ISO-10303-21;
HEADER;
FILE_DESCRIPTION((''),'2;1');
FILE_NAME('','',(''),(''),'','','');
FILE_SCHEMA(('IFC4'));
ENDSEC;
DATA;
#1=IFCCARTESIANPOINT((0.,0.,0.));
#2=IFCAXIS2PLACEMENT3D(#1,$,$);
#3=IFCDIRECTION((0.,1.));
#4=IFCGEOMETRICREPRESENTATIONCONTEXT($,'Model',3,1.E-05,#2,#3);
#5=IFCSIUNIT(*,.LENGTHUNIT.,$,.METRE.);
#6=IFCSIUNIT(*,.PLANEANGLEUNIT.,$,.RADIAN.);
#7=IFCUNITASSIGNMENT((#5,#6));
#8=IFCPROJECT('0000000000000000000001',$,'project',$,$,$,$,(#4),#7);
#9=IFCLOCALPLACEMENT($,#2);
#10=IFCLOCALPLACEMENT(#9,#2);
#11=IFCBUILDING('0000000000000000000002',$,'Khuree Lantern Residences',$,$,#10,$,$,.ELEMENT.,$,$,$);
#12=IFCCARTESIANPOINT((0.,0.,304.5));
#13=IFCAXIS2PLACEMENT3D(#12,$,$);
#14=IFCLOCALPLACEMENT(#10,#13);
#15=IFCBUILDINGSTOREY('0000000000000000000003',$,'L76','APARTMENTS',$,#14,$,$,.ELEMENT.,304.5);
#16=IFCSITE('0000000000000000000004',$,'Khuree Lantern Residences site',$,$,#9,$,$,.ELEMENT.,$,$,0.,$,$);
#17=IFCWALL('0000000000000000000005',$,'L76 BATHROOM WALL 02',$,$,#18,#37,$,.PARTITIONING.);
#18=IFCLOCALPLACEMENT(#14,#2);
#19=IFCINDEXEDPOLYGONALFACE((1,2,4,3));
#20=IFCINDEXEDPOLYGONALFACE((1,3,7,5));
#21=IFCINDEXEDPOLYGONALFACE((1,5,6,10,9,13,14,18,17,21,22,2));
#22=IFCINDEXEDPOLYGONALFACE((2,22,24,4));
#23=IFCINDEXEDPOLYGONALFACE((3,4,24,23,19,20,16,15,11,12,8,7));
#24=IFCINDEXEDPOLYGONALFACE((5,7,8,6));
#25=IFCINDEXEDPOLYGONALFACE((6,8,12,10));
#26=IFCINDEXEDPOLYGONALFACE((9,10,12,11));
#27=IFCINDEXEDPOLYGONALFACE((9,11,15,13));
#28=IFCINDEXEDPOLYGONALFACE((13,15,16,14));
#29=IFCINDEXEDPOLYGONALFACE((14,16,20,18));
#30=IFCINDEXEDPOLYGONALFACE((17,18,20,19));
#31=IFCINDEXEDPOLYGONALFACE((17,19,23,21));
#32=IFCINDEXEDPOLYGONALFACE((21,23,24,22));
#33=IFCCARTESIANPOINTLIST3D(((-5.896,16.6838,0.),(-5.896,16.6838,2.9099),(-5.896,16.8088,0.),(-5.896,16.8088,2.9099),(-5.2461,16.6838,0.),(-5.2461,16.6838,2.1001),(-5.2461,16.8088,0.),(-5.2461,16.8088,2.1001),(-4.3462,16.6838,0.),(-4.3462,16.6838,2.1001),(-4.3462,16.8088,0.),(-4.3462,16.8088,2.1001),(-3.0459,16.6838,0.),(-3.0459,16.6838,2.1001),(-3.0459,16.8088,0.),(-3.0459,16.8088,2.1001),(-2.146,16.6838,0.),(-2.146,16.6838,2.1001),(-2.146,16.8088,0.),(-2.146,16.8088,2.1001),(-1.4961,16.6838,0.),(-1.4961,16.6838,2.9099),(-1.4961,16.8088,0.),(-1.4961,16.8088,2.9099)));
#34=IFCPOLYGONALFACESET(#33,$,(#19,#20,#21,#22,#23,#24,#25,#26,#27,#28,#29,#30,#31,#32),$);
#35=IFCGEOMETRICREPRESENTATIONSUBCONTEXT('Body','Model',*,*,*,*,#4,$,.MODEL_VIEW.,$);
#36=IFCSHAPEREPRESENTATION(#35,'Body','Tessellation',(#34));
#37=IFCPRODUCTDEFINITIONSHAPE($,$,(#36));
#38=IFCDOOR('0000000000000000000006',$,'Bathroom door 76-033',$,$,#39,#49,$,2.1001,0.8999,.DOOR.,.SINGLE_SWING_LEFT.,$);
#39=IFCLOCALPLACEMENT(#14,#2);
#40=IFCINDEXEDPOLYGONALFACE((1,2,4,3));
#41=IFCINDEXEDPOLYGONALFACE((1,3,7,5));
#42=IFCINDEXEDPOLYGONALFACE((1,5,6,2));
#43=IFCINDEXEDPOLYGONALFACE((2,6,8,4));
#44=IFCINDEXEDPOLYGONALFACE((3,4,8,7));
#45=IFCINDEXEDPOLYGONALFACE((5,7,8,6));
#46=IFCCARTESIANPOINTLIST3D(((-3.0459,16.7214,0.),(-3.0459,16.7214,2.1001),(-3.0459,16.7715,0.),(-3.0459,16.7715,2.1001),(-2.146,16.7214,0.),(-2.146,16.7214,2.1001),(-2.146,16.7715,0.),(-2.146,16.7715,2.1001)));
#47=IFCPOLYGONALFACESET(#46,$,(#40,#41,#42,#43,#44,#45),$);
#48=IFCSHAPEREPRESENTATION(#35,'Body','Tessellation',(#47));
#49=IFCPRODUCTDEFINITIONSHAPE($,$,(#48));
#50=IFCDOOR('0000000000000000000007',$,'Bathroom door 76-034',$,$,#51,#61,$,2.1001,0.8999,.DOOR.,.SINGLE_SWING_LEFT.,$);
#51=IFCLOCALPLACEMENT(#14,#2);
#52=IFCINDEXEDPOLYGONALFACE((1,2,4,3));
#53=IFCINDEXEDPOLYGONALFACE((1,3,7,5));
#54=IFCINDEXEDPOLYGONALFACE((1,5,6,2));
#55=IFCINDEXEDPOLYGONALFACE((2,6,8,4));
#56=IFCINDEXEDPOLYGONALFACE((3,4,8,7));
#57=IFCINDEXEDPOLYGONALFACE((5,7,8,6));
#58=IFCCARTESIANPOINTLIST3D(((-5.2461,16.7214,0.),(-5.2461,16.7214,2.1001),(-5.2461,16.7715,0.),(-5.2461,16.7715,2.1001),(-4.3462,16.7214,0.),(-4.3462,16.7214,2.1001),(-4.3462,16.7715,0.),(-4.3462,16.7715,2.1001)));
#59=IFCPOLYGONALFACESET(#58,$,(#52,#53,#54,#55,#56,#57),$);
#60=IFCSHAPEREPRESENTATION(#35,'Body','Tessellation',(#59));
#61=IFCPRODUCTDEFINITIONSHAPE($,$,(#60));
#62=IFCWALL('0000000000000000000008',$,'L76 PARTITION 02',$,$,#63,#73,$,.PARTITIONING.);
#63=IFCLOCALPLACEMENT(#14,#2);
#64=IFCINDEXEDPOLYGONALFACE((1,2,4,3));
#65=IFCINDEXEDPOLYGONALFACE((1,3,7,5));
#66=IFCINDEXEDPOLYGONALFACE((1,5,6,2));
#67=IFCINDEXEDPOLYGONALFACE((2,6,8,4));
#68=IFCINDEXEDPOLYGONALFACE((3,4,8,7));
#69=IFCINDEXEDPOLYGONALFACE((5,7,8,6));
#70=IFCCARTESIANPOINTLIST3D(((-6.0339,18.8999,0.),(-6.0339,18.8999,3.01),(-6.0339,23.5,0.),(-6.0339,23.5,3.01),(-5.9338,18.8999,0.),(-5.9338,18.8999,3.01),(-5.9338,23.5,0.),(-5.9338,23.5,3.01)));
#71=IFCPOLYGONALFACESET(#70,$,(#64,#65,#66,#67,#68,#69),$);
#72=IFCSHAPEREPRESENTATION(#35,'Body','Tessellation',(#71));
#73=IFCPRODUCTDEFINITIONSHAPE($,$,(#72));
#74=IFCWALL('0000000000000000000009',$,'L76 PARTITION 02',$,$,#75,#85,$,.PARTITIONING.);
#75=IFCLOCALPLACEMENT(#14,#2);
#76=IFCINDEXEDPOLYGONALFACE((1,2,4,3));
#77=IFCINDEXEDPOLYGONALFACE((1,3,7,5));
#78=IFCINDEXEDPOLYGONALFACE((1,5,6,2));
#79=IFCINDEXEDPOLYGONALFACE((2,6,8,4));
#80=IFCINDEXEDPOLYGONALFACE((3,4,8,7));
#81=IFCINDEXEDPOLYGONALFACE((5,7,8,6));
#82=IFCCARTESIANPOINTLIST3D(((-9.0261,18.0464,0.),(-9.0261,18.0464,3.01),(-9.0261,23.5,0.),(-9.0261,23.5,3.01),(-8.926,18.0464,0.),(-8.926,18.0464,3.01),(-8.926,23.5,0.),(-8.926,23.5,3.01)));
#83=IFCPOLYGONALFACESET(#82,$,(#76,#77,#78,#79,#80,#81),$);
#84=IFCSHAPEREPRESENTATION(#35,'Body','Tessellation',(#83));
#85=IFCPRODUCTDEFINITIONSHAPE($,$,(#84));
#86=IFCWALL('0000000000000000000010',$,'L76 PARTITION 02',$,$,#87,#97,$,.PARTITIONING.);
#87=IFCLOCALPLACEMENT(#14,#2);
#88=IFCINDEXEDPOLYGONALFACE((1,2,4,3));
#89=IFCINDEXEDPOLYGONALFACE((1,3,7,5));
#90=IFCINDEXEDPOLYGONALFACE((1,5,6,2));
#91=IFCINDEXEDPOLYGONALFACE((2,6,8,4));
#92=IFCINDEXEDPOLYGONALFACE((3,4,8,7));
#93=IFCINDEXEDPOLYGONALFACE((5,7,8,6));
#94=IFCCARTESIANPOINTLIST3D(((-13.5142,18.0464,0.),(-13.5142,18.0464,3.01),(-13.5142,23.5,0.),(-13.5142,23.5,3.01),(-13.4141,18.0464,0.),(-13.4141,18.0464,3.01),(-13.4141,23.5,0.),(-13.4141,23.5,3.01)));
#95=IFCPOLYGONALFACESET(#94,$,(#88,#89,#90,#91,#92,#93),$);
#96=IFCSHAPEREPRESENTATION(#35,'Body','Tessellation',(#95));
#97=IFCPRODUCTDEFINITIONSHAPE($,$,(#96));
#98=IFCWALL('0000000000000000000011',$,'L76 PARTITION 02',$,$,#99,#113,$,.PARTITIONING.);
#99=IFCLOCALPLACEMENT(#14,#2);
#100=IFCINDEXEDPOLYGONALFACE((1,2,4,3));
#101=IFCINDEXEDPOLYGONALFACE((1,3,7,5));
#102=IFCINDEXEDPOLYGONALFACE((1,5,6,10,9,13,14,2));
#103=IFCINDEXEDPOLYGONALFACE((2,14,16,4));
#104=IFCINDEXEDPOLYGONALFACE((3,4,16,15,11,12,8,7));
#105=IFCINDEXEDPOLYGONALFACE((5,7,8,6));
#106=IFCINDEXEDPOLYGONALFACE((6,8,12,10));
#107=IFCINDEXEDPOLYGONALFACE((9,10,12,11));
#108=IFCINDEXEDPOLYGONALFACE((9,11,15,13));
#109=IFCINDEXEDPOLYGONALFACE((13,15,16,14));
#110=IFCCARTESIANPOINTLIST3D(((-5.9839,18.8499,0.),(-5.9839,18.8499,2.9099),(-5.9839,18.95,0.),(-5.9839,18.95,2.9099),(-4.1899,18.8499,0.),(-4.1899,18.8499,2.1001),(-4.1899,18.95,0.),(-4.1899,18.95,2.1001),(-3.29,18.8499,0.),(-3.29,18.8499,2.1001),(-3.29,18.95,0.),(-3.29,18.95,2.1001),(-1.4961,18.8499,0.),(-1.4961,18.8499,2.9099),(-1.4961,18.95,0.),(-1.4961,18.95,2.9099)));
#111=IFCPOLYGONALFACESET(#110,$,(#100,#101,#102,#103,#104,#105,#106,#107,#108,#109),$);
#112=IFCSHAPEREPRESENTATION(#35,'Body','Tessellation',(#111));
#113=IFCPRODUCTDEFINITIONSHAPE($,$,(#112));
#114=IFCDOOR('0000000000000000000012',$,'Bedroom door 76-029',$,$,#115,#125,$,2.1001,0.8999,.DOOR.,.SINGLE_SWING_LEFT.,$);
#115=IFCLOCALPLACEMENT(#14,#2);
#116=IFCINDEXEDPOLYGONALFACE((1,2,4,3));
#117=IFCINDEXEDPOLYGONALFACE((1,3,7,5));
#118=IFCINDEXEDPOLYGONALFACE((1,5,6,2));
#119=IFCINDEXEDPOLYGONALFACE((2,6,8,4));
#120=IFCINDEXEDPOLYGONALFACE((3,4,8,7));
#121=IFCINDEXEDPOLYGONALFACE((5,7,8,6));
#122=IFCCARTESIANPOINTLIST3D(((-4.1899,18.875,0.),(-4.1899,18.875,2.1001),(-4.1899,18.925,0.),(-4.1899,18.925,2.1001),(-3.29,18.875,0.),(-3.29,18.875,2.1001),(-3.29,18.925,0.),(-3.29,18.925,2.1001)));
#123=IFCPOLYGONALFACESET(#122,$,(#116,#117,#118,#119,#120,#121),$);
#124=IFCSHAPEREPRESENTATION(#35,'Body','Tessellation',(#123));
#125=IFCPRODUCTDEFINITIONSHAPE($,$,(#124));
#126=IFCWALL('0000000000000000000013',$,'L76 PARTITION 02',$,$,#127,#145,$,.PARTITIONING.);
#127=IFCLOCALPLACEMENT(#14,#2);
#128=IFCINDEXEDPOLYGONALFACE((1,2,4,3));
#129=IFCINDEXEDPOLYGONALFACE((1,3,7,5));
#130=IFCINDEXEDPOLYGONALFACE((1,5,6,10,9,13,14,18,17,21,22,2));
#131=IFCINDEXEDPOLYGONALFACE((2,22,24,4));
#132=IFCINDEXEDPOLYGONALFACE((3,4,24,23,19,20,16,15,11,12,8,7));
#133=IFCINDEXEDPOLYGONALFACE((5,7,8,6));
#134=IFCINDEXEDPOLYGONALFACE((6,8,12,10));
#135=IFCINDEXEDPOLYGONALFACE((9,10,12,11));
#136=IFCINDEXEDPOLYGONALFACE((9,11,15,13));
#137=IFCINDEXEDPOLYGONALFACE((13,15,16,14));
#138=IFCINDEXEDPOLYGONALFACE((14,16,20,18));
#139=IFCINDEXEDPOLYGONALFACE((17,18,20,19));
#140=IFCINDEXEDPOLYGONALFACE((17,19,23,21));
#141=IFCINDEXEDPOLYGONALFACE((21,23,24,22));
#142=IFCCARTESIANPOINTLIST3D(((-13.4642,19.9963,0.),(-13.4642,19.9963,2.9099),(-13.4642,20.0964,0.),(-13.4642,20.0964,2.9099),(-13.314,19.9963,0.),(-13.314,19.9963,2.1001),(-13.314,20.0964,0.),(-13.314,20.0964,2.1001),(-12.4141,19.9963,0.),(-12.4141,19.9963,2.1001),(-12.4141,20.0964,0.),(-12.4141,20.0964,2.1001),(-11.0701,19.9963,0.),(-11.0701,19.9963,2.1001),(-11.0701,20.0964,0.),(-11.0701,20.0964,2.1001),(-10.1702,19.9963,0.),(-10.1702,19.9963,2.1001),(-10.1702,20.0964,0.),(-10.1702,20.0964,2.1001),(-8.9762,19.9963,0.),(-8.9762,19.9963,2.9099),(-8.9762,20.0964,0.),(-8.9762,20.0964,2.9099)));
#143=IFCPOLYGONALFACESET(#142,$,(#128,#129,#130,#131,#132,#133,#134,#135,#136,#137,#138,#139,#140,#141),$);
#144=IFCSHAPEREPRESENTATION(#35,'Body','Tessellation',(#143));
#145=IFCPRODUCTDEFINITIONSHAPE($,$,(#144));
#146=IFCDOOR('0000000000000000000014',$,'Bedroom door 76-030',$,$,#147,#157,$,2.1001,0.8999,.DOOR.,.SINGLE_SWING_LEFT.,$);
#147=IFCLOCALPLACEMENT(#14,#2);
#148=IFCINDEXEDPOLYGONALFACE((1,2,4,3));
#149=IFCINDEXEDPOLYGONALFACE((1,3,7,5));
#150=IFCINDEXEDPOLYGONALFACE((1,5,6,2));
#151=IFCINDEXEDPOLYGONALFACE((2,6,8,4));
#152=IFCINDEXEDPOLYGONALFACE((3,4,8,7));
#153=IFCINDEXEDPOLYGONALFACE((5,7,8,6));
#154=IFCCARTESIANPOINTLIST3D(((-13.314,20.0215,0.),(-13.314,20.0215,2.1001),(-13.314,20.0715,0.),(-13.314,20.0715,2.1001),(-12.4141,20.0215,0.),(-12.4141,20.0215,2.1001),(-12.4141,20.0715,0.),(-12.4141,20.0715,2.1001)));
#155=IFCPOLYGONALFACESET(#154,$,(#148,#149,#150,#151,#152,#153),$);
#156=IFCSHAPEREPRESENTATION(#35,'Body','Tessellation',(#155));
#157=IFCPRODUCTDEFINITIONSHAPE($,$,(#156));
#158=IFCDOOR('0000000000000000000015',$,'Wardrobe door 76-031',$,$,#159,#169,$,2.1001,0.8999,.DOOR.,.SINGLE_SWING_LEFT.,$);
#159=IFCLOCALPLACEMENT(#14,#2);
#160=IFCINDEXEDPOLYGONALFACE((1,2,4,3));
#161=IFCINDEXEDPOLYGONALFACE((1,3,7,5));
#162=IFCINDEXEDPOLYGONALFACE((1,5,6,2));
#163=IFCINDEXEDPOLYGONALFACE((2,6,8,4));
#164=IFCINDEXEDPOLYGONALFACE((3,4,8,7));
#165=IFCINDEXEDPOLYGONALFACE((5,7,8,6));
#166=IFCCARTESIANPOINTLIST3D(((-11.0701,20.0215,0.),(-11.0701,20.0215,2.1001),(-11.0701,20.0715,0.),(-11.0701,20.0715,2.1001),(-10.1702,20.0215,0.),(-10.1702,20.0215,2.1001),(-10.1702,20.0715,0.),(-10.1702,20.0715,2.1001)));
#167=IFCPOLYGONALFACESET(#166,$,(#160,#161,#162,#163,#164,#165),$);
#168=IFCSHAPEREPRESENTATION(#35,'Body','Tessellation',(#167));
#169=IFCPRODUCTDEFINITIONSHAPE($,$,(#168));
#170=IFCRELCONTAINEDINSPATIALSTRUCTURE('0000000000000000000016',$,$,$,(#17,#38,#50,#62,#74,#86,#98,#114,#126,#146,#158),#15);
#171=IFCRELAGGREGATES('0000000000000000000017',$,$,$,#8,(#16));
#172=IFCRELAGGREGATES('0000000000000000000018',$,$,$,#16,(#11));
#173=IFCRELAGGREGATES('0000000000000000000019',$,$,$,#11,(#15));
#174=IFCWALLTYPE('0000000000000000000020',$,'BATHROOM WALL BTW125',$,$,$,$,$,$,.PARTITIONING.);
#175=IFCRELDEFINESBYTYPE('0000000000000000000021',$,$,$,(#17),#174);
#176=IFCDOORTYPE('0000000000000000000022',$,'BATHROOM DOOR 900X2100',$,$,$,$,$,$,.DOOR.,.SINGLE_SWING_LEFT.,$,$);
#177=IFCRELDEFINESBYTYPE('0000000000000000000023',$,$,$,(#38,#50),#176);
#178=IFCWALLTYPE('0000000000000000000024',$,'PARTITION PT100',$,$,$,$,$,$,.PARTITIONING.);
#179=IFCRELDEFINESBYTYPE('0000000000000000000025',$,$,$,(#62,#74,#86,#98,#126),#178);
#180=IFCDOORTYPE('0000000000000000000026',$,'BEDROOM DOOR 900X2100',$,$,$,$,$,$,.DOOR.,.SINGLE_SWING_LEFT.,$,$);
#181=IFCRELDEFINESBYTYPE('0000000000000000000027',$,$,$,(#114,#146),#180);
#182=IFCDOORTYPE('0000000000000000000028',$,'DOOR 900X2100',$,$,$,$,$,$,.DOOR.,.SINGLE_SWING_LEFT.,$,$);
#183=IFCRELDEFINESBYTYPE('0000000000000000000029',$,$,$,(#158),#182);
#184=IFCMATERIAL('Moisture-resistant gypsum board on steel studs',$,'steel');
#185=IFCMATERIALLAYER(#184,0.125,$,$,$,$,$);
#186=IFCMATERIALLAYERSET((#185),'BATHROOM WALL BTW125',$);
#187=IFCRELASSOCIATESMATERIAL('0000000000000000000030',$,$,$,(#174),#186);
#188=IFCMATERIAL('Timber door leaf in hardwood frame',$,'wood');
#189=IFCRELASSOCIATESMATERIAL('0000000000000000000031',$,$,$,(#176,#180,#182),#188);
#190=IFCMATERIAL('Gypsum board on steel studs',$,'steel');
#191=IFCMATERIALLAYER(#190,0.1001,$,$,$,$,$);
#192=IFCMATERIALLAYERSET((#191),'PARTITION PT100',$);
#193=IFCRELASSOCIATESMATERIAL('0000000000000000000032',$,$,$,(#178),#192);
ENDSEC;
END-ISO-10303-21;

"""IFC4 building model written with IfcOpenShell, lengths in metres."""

from ifc_helpers import new_model, si_unit, direction, frame, frame_2d, origin, place, context, subcontext, project, spatial, rectangle, extrude, material, layer, layer_set, type_object, element, fill, save


model = new_model("IFC4")

# Units and contexts
model_context = context("Model", 3, precision=1e-05, world=origin(), true_north=direction((0.0, 1.0)))
body_context = subcontext(model_context, "Body", "Model", "MODEL_VIEW")
ifc_project = project(units=[si_unit("LENGTHUNIT", "METRE"), si_unit("PLANEANGLEUNIT", "RADIAN")], contexts=[model_context])

# Site, building, storey
site_placement = place(None, origin())
site = spatial("IfcSite", under=ifc_project, at=site_placement, Name="Khuree Lantern Residences site", CompositionType="ELEMENT", RefElevation=0.0)
building_placement = place(site_placement, origin())
building = spatial("IfcBuilding", under=site, at=building_placement, Name="Khuree Lantern Residences", CompositionType="ELEMENT")
storey_placement = place(building_placement, frame((0.0, 0.0, 304.5)))
storey = spatial("IfcBuildingStorey", under=building, at=storey_placement, Name="L76", Description="APARTMENTS", CompositionType="ELEMENT", Elevation=304.5)

# Wall, openings, doors
ifc_material_1 = material(Name="Moisture-resistant gypsum board on steel studs", Category="steel")
ifc_layer_1 = layer(ifc_material_1, 0.125)
ifc_layer_set_1 = layer_set([ifc_layer_1], Name="BATHROOM WALL BTW125")
wall_type_1 = type_object("IfcWallType", Name="BATHROOM WALL BTW125", PredefinedType="PARTITIONING", material=ifc_layer_set_1)
wall_1_placement = place(storey_placement, frame((-1.4961, 16.7463, 0.0), z_axis=(0.0, 0.0, 1.0), x_axis=(-1.0, 0.0, 0.0)))
wall_1 = element("IfcWall", 1, at=wall_1_placement, inside=storey, type_object=wall_type_1, Name="L76 BATHROOM WALL 02", PredefinedType="PARTITIONING", context=body_context, shape_type="SweptSolid", body=[
    extrude(rectangle(XDim=4.3999, YDim=0.125, at=frame_2d((2.2, 0.0))), origin(), (0.0, 0.0, 1.0), 2.9099),
])
opening_1_placement = place(wall_1_placement, frame((0.6499, 0.0, 0.0)))
opening_1 = element("IfcOpeningElement", 2, at=opening_1_placement, cuts=wall_1, PredefinedType="OPENING", context=body_context, shape_type="SweptSolid", body=[
    extrude(rectangle(XDim=0.8999, YDim=2.1001, at=frame_2d((0.45, 1.05))), frame((0.0, 0.0725, 0.0), z_axis=(0.0, -1.0, 0.0), x_axis=(1.0, 0.0, 0.0)), (0.0, 0.0, 1.0), 0.145),
])
opening_2_placement = place(wall_1_placement, frame((2.8501, 0.0, 0.0)))
opening_2 = element("IfcOpeningElement", 3, at=opening_2_placement, cuts=wall_1, PredefinedType="OPENING", context=body_context, shape_type="SweptSolid", body=[
    extrude(rectangle(XDim=0.8999, YDim=2.1001, at=frame_2d((0.45, 1.05))), frame((0.0, 0.0725, 0.0), z_axis=(0.0, -1.0, 0.0), x_axis=(1.0, 0.0, 0.0)), (0.0, 0.0, 1.0), 0.145),
])
ifc_material_2 = material(Name="Timber door leaf in hardwood frame", Category="wood")
door_type_1 = type_object("IfcDoorType", Name="BATHROOM DOOR 900X2100", OperationType="SINGLE_SWING_LEFT", PredefinedType="DOOR", material=ifc_material_2)
door_1_placement = place(opening_1_placement, origin())
door_1 = element("IfcDoor", 4, at=door_1_placement, inside=storey, type_object=door_type_1, Name="Bathroom door 76-033", OperationType="SINGLE_SWING_LEFT", OverallHeight=2.1001, OverallWidth=0.8999, PredefinedType="DOOR", context=body_context, shape_type="SweptSolid", body=[
    extrude(rectangle(XDim=0.8999, YDim=2.1001, at=frame_2d((0.45, 1.05))), frame((0.0, 0.0249, 0.0), z_axis=(0.0, -1.0, 0.0), x_axis=(1.0, 0.0, 0.0)), (0.0, 0.0, 1.0), 0.05),
])
fill(opening_1, door_1)
door_2_placement = place(opening_2_placement, origin())
door_2 = element("IfcDoor", 5, at=door_2_placement, inside=storey, type_object=door_type_1, Name="Bathroom door 76-034", OperationType="SINGLE_SWING_LEFT", OverallHeight=2.1001, OverallWidth=0.8999, PredefinedType="DOOR", context=body_context, shape_type="SweptSolid", body=[
    extrude(rectangle(XDim=0.8999, YDim=2.1001, at=frame_2d((0.45, 1.05))), frame((0.0, 0.0249, 0.0), z_axis=(0.0, -1.0, 0.0), x_axis=(1.0, 0.0, 0.0)), (0.0, 0.0, 1.0), 0.05),
])
fill(opening_2, door_2)

# Walls
ifc_material_3 = material(Name="Gypsum board on steel studs", Category="steel")
ifc_layer_2 = layer(ifc_material_3, 0.1001)
ifc_layer_set_2 = layer_set([ifc_layer_2], Name="PARTITION PT100")
wall_type_2 = type_object("IfcWallType", Name="PARTITION PT100", PredefinedType="PARTITIONING", material=ifc_layer_set_2)
wall_2_placement = place(storey_placement, frame((-5.9839, 18.8999, 0.0), z_axis=(0.0, 0.0, 1.0), x_axis=(0.0, 1.0, 0.0)))
element("IfcWall", 6, at=wall_2_placement, inside=storey, type_object=wall_type_2, Name="L76 PARTITION 02", PredefinedType="PARTITIONING", context=body_context, shape_type="SweptSolid", body=[
    extrude(rectangle(XDim=4.6001, YDim=0.1001, at=frame_2d((2.3, 0.0))), origin(), (0.0, 0.0, 1.0), 3.01),
])
for number, where, z_axis, x_axis, name in (
    (7, (-8.9761, 18.0464, 0.0), (0.0, 0.0, 1.0), (0.0, 1.0, 0.0), "L76 PARTITION 02"),
    (8, (-13.4641, 18.0464, 0.0), (0.0, 0.0, 1.0), (0.0, 1.0, 0.0), "L76 PARTITION 02"),
):
    element("IfcWall", number, at=place(storey_placement, frame(where, z_axis=z_axis, x_axis=x_axis)), inside=storey, type_object=wall_type_2, Name=name, PredefinedType="PARTITIONING", context=body_context, shape_type="SweptSolid", body=[
        extrude(rectangle(XDim=5.4536, YDim=0.1001, at=frame_2d((2.7268, 0.0))), origin(), (0.0, 0.0, 1.0), 3.01),
    ])

# Wall, opening, door
wall_3_placement = place(storey_placement, frame((-1.4961, 18.8999, 0.0), z_axis=(0.0, 0.0, 1.0), x_axis=(-1.0, 0.0, 0.0)))
wall_3 = element("IfcWall", 9, at=wall_3_placement, inside=storey, type_object=wall_type_2, Name="L76 PARTITION 02", PredefinedType="PARTITIONING", context=body_context, shape_type="SweptSolid", body=[
    extrude(rectangle(XDim=4.4878, YDim=0.1001, at=frame_2d((2.2439, 0.0))), origin(), (0.0, 0.0, 1.0), 2.9099),
])
opening_3_placement = place(wall_3_placement, frame((1.7939, 0.0, 0.0)))
opening_3 = element("IfcOpeningElement", 10, at=opening_3_placement, cuts=wall_3, PredefinedType="OPENING", context=body_context, shape_type="SweptSolid", body=[
    extrude(rectangle(XDim=0.8999, YDim=2.1001, at=frame_2d((0.45, 1.05))), frame((0.0, 0.0601, 0.0), z_axis=(0.0, -1.0, 0.0), x_axis=(1.0, 0.0, 0.0)), (0.0, 0.0, 1.0), 0.1201),
])
door_type_2 = type_object("IfcDoorType", Name="BEDROOM DOOR 900X2100", OperationType="SINGLE_SWING_LEFT", PredefinedType="DOOR", material=ifc_material_2)
door_3_placement = place(opening_3_placement, origin())
door_3 = element("IfcDoor", 11, at=door_3_placement, inside=storey, type_object=door_type_2, Name="Bedroom door 76-029", OperationType="SINGLE_SWING_LEFT", OverallHeight=2.1001, OverallWidth=0.8999, PredefinedType="DOOR", context=body_context, shape_type="SweptSolid", body=[
    extrude(rectangle(XDim=0.8999, YDim=2.1001, at=frame_2d((0.45, 1.05))), frame((0.0, 0.0249, 0.0), z_axis=(0.0, -1.0, 0.0), x_axis=(1.0, 0.0, 0.0)), (0.0, 0.0, 1.0), 0.05),
])
fill(opening_3, door_3)

# Wall, openings, doors
wall_4_placement = place(storey_placement, frame((-8.9761, 20.0464, 0.0), z_axis=(0.0, 0.0, 1.0), x_axis=(-1.0, 0.0, 0.0)))
wall_4 = element("IfcWall", 12, at=wall_4_placement, inside=storey, type_object=wall_type_2, Name="L76 PARTITION 02", PredefinedType="PARTITIONING", context=body_context, shape_type="SweptSolid", body=[
    extrude(rectangle(XDim=4.488, YDim=0.1001, at=frame_2d((2.2441, 0.0))), origin(), (0.0, 0.0, 1.0), 2.9099),
])
opening_4_placement = place(wall_4_placement, frame((3.438, 0.0, 0.0)))
opening_4 = element("IfcOpeningElement", 13, at=opening_4_placement, cuts=wall_4, PredefinedType="OPENING", context=body_context, shape_type="SweptSolid", body=[
    extrude(rectangle(XDim=0.8999, YDim=2.1001, at=frame_2d((0.45, 1.05))), frame((0.0, 0.0601, 0.0), z_axis=(0.0, -1.0, 0.0), x_axis=(1.0, 0.0, 0.0)), (0.0, 0.0, 1.0), 0.1201),
])
opening_5_placement = place(wall_4_placement, frame((1.1941, 0.0, 0.0)))
opening_5 = element("IfcOpeningElement", 14, at=opening_5_placement, cuts=wall_4, PredefinedType="OPENING", context=body_context, shape_type="SweptSolid", body=[
    extrude(rectangle(XDim=0.8999, YDim=2.1001, at=frame_2d((0.45, 1.05))), frame((0.0, 0.0601, 0.0), z_axis=(0.0, -1.0, 0.0), x_axis=(1.0, 0.0, 0.0)), (0.0, 0.0, 1.0), 0.1201),
])
door_4_placement = place(opening_4_placement, origin())
door_4 = element("IfcDoor", 15, at=door_4_placement, inside=storey, type_object=door_type_2, Name="Bedroom door 76-030", OperationType="SINGLE_SWING_LEFT", OverallHeight=2.1001, OverallWidth=0.8999, PredefinedType="DOOR", context=body_context, shape_type="SweptSolid", body=[
    extrude(rectangle(XDim=0.8999, YDim=2.1001, at=frame_2d((0.45, 1.05))), frame((0.0, 0.0249, 0.0), z_axis=(0.0, -1.0, 0.0), x_axis=(1.0, 0.0, 0.0)), (0.0, 0.0, 1.0), 0.05),
])
fill(opening_4, door_4)
door_type_3 = type_object("IfcDoorType", Name="DOOR 900X2100", OperationType="SINGLE_SWING_LEFT", PredefinedType="DOOR", material=ifc_material_2)
door_5_placement = place(opening_5_placement, origin())
door_5 = element("IfcDoor", 16, at=door_5_placement, inside=storey, type_object=door_type_3, Name="Wardrobe door 76-031", OperationType="SINGLE_SWING_LEFT", OverallHeight=2.1001, OverallWidth=0.8999, PredefinedType="DOOR", context=body_context, shape_type="SweptSolid", body=[
    extrude(rectangle(XDim=0.8999, YDim=2.1001, at=frame_2d((0.45, 1.05))), frame((0.0, 0.0249, 0.0), z_axis=(0.0, -1.0, 0.0), x_axis=(1.0, 0.0, 0.0)), (0.0, 0.0, 1.0), 0.05),
])
fill(opening_5, door_5)

save(model, "model.ifc")
